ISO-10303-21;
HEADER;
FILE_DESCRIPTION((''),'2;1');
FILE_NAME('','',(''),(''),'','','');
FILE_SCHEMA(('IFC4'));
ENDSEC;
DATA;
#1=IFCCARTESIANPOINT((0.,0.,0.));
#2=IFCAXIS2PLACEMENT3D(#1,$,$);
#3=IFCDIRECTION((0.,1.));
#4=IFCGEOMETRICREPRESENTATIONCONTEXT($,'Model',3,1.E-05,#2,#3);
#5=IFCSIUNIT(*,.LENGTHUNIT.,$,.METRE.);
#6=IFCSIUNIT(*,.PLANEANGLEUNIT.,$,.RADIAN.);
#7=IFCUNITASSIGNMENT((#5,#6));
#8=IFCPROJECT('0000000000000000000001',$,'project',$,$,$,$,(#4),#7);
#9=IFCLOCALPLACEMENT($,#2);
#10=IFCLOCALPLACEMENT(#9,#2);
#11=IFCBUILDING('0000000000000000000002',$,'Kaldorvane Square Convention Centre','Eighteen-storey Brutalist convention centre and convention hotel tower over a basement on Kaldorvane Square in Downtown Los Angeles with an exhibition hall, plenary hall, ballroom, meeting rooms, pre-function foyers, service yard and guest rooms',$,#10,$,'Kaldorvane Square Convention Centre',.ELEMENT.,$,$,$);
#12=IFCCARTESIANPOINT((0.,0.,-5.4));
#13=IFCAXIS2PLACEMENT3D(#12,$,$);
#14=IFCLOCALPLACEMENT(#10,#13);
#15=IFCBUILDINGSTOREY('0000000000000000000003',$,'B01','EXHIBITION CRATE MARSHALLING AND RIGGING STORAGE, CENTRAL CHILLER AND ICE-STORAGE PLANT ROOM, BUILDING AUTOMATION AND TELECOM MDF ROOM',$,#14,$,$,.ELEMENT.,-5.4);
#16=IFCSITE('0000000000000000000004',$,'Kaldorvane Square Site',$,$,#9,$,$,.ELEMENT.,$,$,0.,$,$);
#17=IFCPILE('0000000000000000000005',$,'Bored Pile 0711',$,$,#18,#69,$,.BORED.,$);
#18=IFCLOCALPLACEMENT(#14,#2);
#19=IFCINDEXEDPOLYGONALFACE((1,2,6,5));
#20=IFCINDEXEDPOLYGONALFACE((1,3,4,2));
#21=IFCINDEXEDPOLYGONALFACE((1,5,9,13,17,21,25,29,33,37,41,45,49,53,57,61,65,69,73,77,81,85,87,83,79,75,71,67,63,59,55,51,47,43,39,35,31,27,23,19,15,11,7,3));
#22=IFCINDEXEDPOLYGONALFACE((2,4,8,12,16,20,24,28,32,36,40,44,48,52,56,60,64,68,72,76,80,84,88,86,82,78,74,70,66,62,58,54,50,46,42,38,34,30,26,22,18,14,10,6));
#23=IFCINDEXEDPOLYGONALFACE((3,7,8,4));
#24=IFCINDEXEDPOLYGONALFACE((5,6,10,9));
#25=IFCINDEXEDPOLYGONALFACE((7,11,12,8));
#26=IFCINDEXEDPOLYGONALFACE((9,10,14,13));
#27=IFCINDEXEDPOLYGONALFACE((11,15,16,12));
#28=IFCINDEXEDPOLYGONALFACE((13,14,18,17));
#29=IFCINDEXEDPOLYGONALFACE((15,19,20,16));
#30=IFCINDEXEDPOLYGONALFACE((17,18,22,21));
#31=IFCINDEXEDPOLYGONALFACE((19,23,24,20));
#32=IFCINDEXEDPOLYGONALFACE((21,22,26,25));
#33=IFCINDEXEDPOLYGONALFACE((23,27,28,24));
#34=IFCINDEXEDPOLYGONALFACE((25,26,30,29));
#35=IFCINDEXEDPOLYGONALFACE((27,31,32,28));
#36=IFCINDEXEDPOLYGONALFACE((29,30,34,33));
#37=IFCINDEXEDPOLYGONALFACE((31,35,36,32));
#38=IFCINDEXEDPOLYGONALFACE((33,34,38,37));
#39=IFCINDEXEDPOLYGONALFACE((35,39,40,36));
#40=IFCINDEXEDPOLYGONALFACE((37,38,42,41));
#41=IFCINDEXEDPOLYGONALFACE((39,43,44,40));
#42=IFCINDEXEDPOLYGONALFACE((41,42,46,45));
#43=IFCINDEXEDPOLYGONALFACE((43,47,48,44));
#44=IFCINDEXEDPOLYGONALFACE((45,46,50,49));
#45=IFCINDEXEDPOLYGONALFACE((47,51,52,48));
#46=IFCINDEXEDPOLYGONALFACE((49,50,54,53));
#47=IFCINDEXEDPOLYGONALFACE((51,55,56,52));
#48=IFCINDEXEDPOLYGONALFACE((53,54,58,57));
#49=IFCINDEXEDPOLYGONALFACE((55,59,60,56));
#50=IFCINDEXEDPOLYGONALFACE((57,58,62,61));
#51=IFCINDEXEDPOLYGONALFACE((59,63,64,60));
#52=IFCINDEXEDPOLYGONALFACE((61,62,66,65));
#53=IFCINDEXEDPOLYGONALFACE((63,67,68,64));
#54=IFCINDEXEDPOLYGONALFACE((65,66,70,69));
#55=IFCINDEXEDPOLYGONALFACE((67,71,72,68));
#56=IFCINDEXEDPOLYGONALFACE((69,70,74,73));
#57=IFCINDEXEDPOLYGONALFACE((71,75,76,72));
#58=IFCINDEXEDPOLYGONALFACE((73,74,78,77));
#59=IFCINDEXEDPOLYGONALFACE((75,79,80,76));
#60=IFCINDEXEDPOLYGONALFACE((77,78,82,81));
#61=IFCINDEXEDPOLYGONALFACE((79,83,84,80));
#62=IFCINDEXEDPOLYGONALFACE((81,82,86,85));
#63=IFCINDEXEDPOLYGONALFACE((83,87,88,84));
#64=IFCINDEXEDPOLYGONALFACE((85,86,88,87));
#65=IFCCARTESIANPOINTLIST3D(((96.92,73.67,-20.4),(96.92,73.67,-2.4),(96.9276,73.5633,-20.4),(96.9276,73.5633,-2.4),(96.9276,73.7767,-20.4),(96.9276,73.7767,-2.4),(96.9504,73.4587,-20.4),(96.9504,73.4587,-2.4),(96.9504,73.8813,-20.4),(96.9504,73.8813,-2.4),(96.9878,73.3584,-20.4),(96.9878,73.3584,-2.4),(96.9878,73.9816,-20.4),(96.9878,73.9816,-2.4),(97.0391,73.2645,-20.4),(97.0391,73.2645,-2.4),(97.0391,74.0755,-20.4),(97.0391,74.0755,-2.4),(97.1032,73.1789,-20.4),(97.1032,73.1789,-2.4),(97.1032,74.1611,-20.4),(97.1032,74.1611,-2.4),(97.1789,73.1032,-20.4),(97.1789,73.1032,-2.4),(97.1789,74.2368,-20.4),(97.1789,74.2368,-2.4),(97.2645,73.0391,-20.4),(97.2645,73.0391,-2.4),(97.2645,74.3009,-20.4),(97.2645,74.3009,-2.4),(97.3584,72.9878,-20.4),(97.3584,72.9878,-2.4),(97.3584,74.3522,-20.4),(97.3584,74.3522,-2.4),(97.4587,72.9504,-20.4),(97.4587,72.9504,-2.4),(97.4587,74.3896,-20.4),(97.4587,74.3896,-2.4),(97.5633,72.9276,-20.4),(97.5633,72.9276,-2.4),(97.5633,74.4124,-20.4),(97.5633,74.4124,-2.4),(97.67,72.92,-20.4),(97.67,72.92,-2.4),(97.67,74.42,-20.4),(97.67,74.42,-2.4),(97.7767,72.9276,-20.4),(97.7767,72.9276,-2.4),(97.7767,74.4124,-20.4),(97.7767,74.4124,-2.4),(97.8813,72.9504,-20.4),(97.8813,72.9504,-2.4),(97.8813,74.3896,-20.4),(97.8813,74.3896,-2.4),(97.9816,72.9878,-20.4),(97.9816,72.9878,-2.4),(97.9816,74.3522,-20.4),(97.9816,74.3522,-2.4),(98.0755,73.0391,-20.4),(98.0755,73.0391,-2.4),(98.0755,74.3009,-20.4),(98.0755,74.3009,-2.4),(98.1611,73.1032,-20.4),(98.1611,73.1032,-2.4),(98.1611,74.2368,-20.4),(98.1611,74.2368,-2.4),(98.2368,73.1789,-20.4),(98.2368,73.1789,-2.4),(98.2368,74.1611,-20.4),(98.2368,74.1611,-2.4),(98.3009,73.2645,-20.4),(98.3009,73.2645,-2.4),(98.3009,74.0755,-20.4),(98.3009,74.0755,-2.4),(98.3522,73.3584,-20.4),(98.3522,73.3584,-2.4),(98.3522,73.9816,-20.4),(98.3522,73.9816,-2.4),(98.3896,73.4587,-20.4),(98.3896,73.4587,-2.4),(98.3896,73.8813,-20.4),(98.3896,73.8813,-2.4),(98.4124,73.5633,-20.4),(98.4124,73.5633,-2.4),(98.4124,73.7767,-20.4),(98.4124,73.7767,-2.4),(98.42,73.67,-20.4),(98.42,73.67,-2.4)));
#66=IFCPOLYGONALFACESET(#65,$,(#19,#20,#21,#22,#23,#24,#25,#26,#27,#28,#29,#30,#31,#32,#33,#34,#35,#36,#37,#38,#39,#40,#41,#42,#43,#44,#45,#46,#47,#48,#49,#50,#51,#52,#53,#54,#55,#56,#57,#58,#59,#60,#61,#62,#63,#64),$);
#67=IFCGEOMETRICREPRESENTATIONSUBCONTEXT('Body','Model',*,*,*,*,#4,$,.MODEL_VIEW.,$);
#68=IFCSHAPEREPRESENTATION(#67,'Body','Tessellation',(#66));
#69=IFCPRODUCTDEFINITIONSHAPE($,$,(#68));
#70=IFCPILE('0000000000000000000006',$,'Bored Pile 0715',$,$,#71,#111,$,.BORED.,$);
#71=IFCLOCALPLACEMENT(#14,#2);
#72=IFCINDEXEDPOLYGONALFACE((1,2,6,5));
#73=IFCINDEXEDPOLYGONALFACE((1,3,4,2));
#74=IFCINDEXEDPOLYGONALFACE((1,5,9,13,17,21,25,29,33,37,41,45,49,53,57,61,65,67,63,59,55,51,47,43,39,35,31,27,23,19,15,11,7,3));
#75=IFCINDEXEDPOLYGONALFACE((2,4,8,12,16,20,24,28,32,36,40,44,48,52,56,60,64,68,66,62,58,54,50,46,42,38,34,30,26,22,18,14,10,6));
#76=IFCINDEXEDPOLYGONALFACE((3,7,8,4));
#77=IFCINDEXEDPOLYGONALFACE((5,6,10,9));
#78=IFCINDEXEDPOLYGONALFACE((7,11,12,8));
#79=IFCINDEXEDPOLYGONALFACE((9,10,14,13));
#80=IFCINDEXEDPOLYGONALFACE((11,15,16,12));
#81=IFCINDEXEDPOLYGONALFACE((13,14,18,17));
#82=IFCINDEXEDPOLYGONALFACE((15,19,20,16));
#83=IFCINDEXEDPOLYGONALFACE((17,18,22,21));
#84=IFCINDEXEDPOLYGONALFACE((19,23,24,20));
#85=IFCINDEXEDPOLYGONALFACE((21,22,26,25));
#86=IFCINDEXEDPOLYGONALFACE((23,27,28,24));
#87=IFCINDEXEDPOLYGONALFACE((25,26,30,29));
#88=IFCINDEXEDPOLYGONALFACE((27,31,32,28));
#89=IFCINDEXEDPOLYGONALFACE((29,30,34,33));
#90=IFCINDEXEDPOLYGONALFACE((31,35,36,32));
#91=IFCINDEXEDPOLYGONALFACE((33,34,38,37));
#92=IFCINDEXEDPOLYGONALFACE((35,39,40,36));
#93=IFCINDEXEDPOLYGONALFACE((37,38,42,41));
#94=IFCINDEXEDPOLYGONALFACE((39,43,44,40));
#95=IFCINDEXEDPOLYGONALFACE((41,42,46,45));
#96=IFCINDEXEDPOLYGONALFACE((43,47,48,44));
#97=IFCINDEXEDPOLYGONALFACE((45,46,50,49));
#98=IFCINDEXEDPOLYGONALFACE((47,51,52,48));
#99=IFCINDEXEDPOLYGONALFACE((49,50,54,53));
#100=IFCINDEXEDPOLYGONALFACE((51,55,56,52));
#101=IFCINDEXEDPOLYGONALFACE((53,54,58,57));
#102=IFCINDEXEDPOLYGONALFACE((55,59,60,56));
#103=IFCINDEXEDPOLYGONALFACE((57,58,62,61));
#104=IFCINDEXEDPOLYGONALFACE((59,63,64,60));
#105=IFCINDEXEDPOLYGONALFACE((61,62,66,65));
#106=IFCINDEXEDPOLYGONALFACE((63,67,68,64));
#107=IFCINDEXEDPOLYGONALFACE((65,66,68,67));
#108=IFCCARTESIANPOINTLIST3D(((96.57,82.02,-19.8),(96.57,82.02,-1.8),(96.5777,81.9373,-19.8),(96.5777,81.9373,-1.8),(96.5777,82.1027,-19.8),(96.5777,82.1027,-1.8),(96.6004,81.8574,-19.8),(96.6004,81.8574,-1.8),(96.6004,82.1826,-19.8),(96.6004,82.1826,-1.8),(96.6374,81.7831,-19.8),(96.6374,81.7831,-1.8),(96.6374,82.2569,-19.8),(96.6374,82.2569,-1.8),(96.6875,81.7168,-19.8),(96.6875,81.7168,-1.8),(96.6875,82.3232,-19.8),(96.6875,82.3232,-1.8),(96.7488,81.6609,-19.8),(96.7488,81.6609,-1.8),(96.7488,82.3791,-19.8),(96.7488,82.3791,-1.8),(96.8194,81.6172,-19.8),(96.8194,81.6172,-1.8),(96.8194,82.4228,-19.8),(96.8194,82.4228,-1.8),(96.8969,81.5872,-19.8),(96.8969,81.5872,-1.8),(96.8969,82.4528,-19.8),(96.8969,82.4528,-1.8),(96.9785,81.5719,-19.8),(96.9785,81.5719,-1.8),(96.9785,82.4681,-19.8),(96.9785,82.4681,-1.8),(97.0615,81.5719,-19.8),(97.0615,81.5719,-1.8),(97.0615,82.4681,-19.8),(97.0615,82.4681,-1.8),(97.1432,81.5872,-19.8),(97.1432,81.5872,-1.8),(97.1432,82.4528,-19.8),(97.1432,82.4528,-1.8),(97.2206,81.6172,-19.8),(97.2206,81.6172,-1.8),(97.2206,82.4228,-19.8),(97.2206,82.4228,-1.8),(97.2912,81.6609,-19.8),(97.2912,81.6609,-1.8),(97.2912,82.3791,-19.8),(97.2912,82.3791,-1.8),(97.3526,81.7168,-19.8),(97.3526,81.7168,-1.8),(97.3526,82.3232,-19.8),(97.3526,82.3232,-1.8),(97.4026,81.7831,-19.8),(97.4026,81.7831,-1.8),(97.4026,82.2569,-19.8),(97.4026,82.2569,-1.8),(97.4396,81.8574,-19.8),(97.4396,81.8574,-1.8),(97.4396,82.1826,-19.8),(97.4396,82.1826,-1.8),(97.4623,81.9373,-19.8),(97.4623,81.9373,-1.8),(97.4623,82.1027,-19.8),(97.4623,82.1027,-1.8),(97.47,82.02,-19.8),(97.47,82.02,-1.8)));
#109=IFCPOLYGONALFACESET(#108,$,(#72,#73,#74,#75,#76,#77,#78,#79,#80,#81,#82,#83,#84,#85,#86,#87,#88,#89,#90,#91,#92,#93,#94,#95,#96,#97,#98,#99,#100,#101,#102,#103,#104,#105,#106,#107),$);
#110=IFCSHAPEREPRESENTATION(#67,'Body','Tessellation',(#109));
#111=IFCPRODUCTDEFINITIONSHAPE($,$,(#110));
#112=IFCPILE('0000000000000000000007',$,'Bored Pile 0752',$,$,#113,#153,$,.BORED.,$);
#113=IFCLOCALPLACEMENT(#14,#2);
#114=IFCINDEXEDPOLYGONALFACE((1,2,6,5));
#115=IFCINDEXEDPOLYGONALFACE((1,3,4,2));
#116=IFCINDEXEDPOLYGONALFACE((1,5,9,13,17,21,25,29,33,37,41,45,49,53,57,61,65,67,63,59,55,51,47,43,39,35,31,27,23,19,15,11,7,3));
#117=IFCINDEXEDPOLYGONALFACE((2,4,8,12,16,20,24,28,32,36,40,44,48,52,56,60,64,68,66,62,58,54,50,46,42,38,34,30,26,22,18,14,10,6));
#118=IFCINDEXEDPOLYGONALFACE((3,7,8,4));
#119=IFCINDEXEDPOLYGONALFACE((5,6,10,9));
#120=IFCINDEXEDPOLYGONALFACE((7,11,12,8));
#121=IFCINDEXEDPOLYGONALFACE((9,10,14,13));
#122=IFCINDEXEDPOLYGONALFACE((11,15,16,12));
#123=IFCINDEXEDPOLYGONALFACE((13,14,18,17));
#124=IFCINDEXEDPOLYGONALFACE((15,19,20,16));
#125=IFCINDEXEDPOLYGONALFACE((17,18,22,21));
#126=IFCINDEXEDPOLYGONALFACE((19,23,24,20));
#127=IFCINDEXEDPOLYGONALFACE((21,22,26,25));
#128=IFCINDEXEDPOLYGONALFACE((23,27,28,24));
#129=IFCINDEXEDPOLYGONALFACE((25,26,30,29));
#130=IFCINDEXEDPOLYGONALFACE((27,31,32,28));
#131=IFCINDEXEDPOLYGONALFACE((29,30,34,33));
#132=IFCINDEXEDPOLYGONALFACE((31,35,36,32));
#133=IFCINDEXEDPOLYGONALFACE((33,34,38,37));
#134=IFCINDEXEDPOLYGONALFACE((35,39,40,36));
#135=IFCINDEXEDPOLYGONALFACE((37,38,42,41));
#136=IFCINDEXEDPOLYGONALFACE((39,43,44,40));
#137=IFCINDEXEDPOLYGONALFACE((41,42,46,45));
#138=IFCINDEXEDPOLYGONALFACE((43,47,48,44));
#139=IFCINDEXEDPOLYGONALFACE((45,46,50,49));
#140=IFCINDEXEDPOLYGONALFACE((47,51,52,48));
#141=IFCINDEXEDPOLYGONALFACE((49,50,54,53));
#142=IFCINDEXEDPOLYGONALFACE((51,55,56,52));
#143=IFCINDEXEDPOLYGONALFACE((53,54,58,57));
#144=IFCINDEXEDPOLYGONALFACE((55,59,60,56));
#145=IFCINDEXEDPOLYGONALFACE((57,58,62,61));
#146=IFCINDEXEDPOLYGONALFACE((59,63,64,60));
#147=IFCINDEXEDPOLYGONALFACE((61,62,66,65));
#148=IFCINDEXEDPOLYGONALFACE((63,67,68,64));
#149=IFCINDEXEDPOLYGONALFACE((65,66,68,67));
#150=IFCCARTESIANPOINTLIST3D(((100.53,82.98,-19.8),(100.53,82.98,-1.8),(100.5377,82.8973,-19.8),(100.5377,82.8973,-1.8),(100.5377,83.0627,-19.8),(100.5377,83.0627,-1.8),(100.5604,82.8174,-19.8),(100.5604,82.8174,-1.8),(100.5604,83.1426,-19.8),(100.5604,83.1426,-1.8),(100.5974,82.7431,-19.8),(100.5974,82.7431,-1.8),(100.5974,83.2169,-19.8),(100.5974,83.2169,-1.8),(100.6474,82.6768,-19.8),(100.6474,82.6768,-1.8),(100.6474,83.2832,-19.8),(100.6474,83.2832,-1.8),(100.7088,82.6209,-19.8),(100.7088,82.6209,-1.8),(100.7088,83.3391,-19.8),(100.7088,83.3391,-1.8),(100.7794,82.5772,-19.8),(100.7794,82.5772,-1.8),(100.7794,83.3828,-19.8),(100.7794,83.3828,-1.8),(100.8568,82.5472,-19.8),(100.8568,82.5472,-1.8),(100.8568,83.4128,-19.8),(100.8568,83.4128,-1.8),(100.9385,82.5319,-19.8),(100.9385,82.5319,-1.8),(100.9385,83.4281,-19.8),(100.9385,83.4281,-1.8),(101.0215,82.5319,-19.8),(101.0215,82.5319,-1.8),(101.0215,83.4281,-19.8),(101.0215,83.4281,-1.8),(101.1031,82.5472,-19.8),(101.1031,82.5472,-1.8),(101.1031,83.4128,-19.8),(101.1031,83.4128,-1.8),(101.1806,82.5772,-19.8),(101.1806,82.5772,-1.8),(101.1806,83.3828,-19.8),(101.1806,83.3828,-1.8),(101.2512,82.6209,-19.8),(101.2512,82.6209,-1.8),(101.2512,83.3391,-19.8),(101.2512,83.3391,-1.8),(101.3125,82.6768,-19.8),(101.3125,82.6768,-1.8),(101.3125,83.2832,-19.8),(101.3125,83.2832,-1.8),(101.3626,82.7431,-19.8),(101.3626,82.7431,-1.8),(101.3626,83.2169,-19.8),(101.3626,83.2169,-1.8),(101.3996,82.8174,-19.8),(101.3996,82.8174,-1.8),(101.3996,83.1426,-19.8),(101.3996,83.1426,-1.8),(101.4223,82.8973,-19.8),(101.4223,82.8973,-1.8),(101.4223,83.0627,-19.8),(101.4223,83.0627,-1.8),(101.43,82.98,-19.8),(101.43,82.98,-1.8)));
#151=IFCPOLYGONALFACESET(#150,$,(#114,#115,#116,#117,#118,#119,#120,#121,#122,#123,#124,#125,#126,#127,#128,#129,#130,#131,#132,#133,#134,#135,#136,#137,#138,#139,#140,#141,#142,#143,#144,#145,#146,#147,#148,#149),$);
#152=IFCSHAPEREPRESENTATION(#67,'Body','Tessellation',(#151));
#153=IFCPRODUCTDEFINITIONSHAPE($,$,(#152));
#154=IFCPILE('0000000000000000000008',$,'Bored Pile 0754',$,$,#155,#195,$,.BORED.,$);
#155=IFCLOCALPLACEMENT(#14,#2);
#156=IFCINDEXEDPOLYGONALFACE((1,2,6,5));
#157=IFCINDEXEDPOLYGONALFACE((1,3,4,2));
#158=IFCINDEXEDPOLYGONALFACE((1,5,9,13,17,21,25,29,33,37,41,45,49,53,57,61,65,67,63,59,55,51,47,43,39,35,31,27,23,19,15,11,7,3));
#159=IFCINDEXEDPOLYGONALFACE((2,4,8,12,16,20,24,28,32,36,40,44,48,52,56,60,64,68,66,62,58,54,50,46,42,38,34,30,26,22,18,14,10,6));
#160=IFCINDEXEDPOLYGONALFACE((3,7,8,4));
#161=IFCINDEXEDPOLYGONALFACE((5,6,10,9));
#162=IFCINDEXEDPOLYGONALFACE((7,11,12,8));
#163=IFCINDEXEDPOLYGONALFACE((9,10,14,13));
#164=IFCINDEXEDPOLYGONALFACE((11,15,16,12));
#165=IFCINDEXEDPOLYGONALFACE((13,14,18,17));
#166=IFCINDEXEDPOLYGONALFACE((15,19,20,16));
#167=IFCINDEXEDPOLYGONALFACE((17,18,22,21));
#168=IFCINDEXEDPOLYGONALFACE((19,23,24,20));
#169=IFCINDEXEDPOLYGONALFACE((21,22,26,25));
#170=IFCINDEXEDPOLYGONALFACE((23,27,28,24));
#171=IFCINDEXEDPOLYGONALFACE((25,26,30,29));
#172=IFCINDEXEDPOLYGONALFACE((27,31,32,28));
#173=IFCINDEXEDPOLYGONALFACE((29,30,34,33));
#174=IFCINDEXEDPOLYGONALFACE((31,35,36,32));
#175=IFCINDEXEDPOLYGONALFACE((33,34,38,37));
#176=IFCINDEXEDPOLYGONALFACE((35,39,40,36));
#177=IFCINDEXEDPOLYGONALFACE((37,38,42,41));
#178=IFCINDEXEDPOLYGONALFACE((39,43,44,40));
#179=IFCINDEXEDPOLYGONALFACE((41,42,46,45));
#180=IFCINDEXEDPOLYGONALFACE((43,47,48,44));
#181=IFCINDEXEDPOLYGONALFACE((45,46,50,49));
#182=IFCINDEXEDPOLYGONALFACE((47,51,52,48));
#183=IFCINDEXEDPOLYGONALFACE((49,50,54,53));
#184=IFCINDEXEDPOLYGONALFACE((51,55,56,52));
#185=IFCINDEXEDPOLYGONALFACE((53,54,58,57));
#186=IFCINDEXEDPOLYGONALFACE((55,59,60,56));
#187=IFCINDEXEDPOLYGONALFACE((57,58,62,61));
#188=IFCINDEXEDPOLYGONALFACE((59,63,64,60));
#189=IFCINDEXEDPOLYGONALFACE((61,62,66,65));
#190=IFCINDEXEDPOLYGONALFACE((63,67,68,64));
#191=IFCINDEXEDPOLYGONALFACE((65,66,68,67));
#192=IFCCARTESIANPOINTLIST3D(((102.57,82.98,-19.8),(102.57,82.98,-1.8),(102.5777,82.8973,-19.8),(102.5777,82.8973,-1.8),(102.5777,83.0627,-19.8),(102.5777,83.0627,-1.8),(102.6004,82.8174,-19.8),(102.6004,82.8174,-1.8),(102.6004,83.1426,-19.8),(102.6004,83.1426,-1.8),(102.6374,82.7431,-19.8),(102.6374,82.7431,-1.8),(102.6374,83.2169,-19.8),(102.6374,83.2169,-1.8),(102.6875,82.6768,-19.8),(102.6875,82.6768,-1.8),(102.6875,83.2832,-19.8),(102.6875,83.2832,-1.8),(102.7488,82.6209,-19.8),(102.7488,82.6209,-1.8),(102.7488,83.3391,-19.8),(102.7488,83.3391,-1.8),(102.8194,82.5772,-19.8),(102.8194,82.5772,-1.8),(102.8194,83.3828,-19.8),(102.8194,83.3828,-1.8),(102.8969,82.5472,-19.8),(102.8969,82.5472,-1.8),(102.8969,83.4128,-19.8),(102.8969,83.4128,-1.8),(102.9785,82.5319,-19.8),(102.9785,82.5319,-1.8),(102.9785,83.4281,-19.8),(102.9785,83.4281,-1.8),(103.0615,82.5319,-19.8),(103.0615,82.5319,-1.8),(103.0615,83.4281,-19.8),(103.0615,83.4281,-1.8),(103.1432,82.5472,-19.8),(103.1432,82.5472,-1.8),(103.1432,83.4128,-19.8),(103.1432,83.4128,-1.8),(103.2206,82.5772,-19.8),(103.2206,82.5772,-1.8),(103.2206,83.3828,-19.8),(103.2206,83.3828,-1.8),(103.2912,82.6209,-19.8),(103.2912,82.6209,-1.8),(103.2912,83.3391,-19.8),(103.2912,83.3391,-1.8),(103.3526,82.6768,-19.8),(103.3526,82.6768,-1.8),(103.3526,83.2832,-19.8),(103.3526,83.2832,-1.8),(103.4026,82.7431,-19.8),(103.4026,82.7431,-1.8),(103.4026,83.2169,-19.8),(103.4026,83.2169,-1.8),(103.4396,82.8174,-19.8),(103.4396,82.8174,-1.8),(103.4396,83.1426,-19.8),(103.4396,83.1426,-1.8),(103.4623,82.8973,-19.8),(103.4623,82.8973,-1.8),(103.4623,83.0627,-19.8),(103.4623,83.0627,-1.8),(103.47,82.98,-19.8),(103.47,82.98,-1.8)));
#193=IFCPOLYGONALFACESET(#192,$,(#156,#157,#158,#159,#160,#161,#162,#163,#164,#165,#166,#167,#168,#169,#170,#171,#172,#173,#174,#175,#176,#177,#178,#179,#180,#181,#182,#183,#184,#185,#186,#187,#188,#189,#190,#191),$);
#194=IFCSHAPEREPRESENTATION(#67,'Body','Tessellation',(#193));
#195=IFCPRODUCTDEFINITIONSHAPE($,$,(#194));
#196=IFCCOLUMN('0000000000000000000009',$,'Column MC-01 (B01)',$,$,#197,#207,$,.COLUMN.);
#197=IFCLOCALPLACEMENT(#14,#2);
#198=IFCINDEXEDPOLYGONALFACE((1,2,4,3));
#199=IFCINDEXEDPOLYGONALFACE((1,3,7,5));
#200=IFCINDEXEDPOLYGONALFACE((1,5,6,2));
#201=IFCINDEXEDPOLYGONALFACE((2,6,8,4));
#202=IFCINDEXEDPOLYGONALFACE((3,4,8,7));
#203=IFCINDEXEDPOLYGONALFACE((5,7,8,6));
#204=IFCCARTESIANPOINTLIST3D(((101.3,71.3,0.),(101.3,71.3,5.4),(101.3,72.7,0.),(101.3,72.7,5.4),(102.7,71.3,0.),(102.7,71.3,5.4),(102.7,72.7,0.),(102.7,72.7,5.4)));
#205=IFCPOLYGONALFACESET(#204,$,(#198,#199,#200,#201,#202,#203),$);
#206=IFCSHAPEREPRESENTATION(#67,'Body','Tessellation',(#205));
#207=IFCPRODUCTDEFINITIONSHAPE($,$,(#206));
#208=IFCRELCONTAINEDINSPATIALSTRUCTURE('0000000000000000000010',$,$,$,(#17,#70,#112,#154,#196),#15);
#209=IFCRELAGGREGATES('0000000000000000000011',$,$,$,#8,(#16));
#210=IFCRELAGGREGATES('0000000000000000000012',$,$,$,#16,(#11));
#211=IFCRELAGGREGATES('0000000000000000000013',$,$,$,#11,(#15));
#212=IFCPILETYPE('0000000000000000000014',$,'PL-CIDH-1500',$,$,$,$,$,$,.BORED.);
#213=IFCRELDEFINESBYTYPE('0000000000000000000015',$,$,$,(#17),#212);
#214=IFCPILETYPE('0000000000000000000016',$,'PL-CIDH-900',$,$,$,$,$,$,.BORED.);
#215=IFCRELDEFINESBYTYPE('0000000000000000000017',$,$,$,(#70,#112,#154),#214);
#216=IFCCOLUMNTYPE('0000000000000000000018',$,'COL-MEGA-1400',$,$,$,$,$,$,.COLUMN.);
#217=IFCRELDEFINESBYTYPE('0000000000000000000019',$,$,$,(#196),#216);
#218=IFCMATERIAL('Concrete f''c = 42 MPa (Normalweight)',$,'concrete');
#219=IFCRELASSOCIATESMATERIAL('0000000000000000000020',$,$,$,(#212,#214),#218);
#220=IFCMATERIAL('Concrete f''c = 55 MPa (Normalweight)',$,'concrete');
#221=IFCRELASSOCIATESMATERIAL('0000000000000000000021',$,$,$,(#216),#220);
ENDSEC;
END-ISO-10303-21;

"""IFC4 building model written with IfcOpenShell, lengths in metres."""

from ifc_helpers import new_model, si_unit, direction, frame, origin, origin_2d, place, context, subcontext, project, spatial, rectangle, circle, extrude, material, material_profile, profile_set, type_object, element, save


model = new_model("IFC4")

# Units and contexts
model_context = context("Model", 3, precision=1e-05, world=origin(), true_north=direction((0.0, 1.0)))
body_context = subcontext(model_context, "Body", "Model", "MODEL_VIEW")
ifc_project = project(units=[si_unit("LENGTHUNIT", "METRE"), si_unit("PLANEANGLEUNIT", "RADIAN")], contexts=[model_context])

# Site, building, storey
site_placement = place(None, origin())
site = spatial("IfcSite", under=ifc_project, at=site_placement, Name="Kaldorvane Square Site", CompositionType="ELEMENT", RefElevation=0.0)
building_placement = place(site_placement, origin())
building = spatial("IfcBuilding", under=site, at=building_placement, Name="Kaldorvane Square Convention Centre", Description="Eighteen-storey Brutalist convention centre and convention hotel tower over a basement on Kaldorvane Square in Downtown Los Angeles with an exhibition hall, plenary hall, ballroom, meeting rooms, pre-function foyers, service yard and guest rooms", LongName="Kaldorvane Square Convention Centre", CompositionType="ELEMENT")
storey_placement = place(building_placement, frame((0.0, 0.0, -5.4)))
storey = spatial("IfcBuildingStorey", under=building, at=storey_placement, Name="B01", Description="EXHIBITION CRATE MARSHALLING AND RIGGING STORAGE, CENTRAL CHILLER AND ICE-STORAGE PLANT ROOM, BUILDING AUTOMATION AND TELECOM MDF ROOM", CompositionType="ELEMENT", Elevation=-5.4)

# Piles
ifc_material_1 = material(Name="Concrete f'c = 42 MPa (Normalweight)", Category="concrete")
ifc_material_profile_1 = material_profile(ifc_material_1, circle(Radius=0.75, at=origin_2d()), Name="PILE-D1500")
ifc_profile_set_1 = profile_set([ifc_material_profile_1], Name="Concrete f'c = 42 MPa (Normalweight)")
pile_type_1 = type_object("IfcPileType", Name="PL-CIDH-1500", PredefinedType="BORED", material=ifc_profile_set_1)
pile_placement = place(storey_placement, frame((97.67, 73.67, -2.4), z_axis=(0.0, 0.0, -1.0), x_axis=(1.0, 0.0, 0.0)))
element("IfcPile", 1, at=pile_placement, inside=storey, type_object=pile_type_1, Name="Bored Pile 0711", PredefinedType="BORED", context=body_context, shape_type="SweptSolid", body=[
    extrude(circle(Radius=0.75, at=origin_2d()), origin(), (0.0, 0.0, 1.0), 18.0),
])
ifc_material_profile_2 = material_profile(ifc_material_1, circle(Radius=0.45, at=origin_2d()), Name="PILE-D900")
ifc_profile_set_2 = profile_set([ifc_material_profile_2], Name="Concrete f'c = 42 MPa (Normalweight)")
pile_type_2 = type_object("IfcPileType", Name="PL-CIDH-900", PredefinedType="BORED", material=ifc_profile_set_2)
for number, where, z_axis, x_axis, name in (
    (2, (97.02, 82.02, -1.8), (0.0, 0.0, -1.0), (1.0, 0.0, 0.0), "Bored Pile 0715"),
    (3, (100.98, 82.98, -1.8), (0.0, 0.0, -1.0), (1.0, 0.0, 0.0), "Bored Pile 0752"),
    (4, (103.02, 82.98, -1.8), (0.0, 0.0, -1.0), (1.0, 0.0, 0.0), "Bored Pile 0754"),
):
    element("IfcPile", number, at=place(storey_placement, frame(where, z_axis=z_axis, x_axis=x_axis)), inside=storey, type_object=pile_type_2, Name=name, PredefinedType="BORED", context=body_context, shape_type="SweptSolid", body=[
        extrude(circle(Radius=0.45, at=origin_2d()), origin(), (0.0, 0.0, 1.0), 18.0),
    ])

# Column
ifc_material_2 = material(Name="Concrete f'c = 55 MPa (Normalweight)", Category="concrete")
ifc_material_profile_3 = material_profile(ifc_material_2, rectangle(XDim=1.4, YDim=1.4, at=origin_2d()), Name="RC1400X1400")
ifc_profile_set_3 = profile_set([ifc_material_profile_3], Name="Concrete f'c = 55 MPa (Normalweight)")
column_type_1 = type_object("IfcColumnType", Name="COL-MEGA-1400", PredefinedType="COLUMN", material=ifc_profile_set_3)
column_1_placement = place(storey_placement, frame((102.0, 72.0, 0.0), z_axis=(0.0, 0.0, 1.0), x_axis=(1.0, 0.0, 0.0)))
element("IfcColumn", 5, at=column_1_placement, inside=storey, type_object=column_type_1, Name="Column MC-01 (B01)", PredefinedType="COLUMN", context=body_context, shape_type="SweptSolid", body=[
    extrude(rectangle(XDim=1.4, YDim=1.4, at=origin_2d()), origin(), (0.0, 0.0, 1.0), 5.4),
])

save(model, "model.ifc")
